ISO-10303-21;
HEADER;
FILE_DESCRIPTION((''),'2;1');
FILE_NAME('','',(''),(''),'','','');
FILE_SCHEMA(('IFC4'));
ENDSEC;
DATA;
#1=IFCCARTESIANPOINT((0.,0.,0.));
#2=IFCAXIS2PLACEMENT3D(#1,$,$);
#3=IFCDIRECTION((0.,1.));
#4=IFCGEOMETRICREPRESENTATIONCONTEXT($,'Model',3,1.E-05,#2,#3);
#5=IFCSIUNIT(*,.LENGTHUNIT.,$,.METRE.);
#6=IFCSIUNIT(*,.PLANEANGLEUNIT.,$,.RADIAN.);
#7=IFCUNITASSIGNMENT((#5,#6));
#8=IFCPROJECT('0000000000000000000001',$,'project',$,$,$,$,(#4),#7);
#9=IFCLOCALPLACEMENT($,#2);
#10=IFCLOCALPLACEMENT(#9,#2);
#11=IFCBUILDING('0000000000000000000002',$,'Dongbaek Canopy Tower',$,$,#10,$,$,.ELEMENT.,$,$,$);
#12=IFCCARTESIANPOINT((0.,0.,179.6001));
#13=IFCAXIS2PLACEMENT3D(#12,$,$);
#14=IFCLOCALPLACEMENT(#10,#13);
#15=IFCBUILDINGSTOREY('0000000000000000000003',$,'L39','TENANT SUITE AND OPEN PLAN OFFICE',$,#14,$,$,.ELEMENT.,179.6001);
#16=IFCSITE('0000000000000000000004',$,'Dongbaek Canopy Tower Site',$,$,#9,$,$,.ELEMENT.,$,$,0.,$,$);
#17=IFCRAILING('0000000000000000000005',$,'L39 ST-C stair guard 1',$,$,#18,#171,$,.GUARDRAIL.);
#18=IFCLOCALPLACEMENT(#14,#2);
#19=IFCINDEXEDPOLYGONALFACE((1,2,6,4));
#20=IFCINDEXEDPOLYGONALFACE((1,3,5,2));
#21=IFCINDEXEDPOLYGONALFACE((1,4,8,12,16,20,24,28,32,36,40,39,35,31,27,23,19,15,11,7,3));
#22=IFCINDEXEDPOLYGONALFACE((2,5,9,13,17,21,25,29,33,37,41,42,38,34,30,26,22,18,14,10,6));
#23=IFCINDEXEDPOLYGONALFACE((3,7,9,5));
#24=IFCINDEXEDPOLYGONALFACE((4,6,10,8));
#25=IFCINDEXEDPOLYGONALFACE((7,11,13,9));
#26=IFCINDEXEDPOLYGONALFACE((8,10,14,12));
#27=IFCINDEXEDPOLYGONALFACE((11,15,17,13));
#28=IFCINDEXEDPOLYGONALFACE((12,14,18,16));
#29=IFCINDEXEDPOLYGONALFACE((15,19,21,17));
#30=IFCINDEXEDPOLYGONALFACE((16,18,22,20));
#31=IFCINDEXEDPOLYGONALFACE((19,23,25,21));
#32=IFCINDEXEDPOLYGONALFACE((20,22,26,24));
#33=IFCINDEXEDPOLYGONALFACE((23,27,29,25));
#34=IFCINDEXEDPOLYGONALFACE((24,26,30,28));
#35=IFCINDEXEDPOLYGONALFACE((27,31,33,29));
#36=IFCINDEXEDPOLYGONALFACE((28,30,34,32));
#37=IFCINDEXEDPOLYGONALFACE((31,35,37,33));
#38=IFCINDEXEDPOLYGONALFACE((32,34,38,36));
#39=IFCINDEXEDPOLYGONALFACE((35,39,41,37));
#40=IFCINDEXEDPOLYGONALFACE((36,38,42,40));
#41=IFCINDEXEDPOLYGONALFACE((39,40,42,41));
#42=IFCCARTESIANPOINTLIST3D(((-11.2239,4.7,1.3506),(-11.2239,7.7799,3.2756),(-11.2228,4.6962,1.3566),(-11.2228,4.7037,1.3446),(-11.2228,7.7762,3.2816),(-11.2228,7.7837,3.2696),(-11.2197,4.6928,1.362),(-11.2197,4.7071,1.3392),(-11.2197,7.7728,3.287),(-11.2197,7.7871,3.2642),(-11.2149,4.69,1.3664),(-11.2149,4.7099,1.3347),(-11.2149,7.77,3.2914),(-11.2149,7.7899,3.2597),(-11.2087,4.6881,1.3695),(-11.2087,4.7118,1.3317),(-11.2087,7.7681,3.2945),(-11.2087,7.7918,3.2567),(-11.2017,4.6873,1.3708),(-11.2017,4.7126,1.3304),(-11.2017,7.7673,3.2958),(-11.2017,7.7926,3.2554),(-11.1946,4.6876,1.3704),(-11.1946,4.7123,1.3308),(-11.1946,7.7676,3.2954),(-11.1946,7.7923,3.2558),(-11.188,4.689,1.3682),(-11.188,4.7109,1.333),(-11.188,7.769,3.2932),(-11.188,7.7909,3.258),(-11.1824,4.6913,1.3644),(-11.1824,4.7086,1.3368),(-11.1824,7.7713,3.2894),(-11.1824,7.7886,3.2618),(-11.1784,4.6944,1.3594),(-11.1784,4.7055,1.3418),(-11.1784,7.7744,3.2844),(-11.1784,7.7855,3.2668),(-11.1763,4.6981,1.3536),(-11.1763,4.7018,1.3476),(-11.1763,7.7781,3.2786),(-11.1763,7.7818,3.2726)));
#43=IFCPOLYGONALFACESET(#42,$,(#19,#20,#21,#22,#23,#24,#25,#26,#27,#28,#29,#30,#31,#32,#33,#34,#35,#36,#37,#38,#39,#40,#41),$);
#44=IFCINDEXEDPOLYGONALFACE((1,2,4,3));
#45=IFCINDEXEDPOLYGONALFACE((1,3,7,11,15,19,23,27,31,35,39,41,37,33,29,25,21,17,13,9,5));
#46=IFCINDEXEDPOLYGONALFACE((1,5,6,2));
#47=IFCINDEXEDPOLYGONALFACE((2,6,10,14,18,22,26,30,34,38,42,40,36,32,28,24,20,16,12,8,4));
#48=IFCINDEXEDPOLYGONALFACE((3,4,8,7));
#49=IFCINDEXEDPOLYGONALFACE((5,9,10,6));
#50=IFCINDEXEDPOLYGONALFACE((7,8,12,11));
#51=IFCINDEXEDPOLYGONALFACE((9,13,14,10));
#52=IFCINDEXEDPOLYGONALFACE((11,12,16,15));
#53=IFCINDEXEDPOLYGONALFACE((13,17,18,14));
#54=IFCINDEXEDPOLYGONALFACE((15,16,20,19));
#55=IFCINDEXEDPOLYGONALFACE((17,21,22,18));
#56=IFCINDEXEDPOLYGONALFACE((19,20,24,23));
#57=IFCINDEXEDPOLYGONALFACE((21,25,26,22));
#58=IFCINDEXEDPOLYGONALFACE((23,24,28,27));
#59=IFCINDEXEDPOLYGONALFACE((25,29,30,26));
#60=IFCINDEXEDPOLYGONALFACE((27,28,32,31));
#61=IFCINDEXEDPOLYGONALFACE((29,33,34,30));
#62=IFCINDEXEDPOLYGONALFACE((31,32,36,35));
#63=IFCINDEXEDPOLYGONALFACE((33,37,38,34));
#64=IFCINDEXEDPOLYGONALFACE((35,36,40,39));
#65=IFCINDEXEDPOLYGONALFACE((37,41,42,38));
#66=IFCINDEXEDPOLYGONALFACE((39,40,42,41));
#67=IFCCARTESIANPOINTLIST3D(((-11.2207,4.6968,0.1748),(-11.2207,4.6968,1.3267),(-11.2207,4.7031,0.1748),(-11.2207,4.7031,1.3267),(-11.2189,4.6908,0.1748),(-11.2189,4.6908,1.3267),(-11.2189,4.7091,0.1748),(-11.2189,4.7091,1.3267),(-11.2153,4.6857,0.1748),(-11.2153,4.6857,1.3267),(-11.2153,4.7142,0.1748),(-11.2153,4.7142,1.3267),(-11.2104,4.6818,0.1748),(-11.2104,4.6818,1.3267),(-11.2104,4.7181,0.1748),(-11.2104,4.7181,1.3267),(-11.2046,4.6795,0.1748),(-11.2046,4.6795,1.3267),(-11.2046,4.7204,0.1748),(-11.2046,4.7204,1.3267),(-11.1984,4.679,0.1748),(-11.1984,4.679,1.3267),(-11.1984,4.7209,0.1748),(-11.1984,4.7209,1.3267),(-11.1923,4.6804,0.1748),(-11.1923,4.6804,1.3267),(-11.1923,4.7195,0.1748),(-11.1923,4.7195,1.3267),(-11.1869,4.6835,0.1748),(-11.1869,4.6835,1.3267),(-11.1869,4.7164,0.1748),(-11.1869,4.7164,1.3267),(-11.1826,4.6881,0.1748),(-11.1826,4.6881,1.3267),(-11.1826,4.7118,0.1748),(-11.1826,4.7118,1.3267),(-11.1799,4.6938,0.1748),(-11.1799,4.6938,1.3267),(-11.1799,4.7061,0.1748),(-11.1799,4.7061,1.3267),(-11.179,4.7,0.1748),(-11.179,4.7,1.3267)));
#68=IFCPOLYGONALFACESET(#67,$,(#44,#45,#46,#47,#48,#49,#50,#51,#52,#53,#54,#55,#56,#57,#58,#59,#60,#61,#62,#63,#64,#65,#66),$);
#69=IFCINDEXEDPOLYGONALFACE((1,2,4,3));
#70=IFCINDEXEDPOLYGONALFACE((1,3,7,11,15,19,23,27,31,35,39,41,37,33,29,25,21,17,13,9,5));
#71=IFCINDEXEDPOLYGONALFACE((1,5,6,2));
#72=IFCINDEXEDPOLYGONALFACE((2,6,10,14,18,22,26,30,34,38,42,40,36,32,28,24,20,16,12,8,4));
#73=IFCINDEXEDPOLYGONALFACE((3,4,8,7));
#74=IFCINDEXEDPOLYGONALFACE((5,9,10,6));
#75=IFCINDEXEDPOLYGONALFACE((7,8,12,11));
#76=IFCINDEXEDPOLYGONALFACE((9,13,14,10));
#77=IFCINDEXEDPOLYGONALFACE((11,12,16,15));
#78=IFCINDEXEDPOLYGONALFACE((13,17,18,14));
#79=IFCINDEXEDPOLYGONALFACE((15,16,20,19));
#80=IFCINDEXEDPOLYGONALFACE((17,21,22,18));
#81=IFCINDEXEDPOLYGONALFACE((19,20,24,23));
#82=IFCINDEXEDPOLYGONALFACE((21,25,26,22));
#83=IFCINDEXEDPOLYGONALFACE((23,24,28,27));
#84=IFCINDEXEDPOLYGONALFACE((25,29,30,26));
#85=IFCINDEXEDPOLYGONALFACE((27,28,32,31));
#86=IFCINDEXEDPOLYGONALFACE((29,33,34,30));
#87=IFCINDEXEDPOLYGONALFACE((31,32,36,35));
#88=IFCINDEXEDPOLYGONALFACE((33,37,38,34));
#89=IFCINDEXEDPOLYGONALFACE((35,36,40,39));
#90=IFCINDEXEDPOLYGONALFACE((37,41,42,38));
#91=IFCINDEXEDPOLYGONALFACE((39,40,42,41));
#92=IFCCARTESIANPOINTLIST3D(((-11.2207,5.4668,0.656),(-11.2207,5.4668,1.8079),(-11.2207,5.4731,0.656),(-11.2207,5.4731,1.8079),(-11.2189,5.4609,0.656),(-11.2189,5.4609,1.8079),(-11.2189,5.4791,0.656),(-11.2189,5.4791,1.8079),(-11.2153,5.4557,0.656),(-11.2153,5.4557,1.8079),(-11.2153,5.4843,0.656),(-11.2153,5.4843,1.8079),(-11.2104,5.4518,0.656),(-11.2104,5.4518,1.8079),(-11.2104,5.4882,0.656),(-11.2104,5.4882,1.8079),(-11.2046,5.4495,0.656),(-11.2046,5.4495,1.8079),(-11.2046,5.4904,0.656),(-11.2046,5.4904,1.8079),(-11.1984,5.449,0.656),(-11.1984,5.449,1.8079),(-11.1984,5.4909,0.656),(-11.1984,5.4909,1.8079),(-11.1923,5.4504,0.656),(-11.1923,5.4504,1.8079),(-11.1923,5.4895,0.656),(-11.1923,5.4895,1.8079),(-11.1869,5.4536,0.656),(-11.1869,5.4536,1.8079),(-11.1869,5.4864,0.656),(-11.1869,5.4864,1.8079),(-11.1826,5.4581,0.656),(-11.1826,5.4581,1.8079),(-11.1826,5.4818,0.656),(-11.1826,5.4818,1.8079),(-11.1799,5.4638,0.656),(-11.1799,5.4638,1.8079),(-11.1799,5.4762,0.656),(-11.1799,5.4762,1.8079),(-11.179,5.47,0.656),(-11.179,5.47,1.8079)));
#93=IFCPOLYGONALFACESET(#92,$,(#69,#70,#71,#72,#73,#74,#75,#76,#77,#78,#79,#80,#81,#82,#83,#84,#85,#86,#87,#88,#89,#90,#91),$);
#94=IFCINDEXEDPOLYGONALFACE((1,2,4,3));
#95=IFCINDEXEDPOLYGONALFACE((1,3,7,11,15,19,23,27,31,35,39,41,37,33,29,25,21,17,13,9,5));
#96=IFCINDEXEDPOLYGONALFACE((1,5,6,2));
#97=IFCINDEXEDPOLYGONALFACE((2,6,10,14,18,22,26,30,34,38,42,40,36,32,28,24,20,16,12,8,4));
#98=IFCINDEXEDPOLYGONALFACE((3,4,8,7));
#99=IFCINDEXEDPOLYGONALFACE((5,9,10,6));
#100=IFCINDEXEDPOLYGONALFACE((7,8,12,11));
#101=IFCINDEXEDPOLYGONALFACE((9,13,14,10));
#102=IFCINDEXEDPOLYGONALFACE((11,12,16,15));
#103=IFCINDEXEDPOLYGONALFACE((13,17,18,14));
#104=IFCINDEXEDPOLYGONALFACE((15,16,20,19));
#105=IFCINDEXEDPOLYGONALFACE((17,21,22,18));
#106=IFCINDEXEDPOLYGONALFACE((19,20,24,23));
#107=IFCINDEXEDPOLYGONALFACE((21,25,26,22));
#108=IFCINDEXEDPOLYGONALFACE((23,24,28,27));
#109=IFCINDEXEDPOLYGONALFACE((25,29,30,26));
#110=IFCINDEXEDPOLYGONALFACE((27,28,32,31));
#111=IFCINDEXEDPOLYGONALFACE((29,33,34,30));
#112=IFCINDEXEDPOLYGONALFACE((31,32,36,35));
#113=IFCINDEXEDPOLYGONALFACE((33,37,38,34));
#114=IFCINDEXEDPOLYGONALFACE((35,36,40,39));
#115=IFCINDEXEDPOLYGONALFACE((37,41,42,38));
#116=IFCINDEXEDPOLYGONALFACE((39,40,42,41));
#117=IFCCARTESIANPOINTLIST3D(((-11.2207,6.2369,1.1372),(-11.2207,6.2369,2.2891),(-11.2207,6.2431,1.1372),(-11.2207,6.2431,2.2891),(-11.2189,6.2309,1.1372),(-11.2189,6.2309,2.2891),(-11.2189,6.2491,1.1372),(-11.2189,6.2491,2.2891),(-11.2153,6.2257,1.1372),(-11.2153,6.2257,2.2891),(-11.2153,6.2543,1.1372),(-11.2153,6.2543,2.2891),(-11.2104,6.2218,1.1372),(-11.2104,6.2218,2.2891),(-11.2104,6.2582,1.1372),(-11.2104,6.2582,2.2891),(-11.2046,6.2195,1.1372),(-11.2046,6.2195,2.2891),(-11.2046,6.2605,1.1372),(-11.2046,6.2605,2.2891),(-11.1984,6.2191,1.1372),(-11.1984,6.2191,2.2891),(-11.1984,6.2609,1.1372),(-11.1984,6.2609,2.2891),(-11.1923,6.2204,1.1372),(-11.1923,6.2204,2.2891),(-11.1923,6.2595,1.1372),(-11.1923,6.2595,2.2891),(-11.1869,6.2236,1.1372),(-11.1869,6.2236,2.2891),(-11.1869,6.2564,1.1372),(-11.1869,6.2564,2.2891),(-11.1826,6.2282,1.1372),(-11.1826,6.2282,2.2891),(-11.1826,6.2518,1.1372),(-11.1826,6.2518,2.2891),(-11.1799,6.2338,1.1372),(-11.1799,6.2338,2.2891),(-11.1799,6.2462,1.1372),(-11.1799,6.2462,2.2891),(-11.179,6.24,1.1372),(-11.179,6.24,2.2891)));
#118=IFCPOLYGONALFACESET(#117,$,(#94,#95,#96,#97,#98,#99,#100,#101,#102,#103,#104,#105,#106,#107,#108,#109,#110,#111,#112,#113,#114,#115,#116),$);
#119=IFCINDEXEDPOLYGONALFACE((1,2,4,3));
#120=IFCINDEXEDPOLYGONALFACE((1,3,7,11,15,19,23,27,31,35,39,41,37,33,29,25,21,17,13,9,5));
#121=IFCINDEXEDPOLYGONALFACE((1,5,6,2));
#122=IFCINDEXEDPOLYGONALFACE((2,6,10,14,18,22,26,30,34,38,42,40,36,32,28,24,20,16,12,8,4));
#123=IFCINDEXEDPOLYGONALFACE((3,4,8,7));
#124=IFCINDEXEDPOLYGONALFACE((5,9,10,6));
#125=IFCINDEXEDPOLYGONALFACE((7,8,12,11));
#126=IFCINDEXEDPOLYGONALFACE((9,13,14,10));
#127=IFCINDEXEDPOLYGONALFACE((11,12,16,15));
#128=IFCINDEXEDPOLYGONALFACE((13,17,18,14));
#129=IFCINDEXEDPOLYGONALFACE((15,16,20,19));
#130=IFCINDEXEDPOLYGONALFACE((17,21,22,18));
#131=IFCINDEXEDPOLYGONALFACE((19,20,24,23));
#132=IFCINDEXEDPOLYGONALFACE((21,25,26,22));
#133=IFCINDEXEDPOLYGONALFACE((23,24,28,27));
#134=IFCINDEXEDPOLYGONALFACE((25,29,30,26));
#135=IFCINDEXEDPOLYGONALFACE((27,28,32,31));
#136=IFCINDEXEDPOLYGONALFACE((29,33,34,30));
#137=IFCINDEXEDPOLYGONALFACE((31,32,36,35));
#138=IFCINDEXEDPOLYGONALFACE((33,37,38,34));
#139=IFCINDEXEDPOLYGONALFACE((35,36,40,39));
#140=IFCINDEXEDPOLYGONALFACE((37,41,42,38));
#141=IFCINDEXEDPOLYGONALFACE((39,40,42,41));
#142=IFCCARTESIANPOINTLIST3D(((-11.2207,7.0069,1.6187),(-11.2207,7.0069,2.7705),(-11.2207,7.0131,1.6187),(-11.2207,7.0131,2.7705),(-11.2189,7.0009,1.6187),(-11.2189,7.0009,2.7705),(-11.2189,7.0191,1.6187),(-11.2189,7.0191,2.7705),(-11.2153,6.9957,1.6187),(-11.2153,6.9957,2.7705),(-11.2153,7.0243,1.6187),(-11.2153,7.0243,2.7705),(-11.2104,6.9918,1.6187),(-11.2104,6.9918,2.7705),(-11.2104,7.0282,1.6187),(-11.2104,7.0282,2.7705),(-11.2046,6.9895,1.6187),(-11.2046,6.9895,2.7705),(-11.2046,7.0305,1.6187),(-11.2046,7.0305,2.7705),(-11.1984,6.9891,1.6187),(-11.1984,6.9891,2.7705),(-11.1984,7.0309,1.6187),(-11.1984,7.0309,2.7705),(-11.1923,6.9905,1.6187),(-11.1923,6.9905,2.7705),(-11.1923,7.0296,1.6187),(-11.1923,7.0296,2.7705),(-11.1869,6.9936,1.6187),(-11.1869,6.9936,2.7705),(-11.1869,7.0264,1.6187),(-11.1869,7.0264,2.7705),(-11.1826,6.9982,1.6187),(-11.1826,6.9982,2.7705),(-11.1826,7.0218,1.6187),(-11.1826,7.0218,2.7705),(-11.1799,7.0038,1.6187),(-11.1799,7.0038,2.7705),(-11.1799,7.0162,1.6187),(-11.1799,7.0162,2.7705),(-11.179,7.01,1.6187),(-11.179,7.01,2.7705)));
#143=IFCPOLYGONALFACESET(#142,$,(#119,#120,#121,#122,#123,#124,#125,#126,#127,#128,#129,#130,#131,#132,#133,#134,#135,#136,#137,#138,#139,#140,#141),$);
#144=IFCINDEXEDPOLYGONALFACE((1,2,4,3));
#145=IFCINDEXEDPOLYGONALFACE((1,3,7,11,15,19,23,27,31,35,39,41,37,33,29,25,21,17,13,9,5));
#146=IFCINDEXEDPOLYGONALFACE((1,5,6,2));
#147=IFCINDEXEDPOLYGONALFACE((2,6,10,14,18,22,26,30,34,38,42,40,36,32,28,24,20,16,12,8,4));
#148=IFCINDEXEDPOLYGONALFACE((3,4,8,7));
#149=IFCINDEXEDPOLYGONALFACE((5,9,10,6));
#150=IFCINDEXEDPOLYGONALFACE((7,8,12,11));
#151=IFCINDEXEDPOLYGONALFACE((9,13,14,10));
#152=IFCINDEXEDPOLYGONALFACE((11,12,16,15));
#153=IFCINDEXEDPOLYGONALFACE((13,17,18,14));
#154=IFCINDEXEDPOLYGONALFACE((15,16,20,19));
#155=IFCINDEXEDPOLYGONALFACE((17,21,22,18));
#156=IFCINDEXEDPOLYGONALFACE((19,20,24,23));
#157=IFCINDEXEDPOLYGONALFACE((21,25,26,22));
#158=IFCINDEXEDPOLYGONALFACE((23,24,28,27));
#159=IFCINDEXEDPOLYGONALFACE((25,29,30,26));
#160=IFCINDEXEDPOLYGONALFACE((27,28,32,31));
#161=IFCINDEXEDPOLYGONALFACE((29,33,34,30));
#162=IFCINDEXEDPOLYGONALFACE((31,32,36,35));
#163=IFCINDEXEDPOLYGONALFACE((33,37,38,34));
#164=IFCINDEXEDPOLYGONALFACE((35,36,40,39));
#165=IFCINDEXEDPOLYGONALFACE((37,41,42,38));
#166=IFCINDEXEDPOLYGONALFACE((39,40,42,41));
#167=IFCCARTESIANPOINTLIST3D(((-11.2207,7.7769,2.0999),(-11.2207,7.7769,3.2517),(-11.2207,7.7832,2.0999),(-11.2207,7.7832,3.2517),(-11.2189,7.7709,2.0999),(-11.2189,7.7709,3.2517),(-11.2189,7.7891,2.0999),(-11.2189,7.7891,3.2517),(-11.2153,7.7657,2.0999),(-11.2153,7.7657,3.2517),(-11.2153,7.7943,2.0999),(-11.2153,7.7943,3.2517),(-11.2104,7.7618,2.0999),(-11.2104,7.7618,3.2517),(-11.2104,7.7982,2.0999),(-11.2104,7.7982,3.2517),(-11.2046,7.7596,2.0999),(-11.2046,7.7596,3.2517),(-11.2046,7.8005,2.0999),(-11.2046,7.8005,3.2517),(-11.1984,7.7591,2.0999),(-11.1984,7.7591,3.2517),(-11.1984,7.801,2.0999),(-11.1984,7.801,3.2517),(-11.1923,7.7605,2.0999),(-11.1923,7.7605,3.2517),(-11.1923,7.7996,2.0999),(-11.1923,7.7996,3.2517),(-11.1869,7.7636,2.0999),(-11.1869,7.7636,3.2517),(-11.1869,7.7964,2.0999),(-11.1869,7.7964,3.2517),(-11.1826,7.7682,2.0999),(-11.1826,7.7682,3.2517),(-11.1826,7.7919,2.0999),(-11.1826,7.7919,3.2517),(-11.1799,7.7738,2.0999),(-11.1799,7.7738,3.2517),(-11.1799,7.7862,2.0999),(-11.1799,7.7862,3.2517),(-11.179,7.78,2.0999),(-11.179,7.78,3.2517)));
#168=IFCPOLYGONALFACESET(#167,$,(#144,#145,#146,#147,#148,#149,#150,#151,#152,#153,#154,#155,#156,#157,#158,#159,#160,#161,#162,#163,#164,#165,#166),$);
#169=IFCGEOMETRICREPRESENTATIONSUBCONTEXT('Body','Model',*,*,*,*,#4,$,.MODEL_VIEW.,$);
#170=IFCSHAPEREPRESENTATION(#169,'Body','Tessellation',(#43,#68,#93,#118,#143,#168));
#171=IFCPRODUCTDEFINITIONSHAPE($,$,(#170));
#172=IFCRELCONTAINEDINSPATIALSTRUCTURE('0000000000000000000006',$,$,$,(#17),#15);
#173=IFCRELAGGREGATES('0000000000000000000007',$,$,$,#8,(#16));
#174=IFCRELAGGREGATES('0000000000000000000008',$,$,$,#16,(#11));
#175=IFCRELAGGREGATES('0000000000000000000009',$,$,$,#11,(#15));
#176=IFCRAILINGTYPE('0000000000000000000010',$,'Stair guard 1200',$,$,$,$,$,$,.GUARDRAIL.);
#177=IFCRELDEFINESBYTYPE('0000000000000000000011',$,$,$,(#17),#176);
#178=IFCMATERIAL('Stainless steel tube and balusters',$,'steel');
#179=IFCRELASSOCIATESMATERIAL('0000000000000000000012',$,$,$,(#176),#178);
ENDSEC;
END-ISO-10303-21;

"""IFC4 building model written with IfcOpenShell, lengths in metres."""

from ifc_helpers import new_model, si_unit, direction, frame, origin, origin_2d, place, context, subcontext, project, spatial, circle, extrude, material, type_object, element, save


model = new_model("IFC4")

# Units and contexts
model_context = context("Model", 3, precision=1e-05, world=origin(), true_north=direction((0.0, 1.0)))
body_context = subcontext(model_context, "Body", "Model", "MODEL_VIEW")
ifc_project = project(units=[si_unit("LENGTHUNIT", "METRE"), si_unit("PLANEANGLEUNIT", "RADIAN")], contexts=[model_context])

# Site, building, storey
site_placement = place(None, origin())
site = spatial("IfcSite", under=ifc_project, at=site_placement, Name="Dongbaek Canopy Tower Site", CompositionType="ELEMENT", RefElevation=0.0)
building_placement = place(site_placement, origin())
building = spatial("IfcBuilding", under=site, at=building_placement, Name="Dongbaek Canopy Tower", CompositionType="ELEMENT")
storey_placement = place(building_placement, frame((0.0, 0.0, 179.6001)))
storey = spatial("IfcBuildingStorey", under=building, at=storey_placement, Name="L39", Description="TENANT SUITE AND OPEN PLAN OFFICE", CompositionType="ELEMENT", Elevation=179.6001)

# Railing
ifc_material_1 = material(Name="Stainless steel tube and balusters", Category="steel")
railing_type_1 = type_object("IfcRailingType", Name="Stair guard 1200", PredefinedType="GUARDRAIL", material=ifc_material_1)
railing_1_placement = place(storey_placement, frame((-11.2, 4.7, 0.1748)))
element("IfcRailing", 1, at=railing_1_placement, inside=storey, type_object=railing_type_1, Name="L39 ST-C stair guard 1", PredefinedType="GUARDRAIL", context=body_context, shape_type="SweptSolid", body=[
    extrude(circle(Radius=0.0239, at=origin_2d()), frame((0.0, 0.0, 1.1758), z_axis=(0.0, 0.847998, 0.529999), x_axis=(-1.0, 0.0, 0.0)), (0.0, 0.0, 1.0), 3.6321),
    extrude(circle(Radius=0.021, at=origin_2d()), origin(), (0.0, 0.0, 1.0), 1.1519),
    extrude(circle(Radius=0.021, at=origin_2d()), frame((0.0, 0.77, 0.4812)), (0.0, 0.0, 1.0), 1.1519),
    extrude(circle(Radius=0.021, at=origin_2d()), frame((0.0, 1.54, 0.9624)), (0.0, 0.0, 1.0), 1.1519),
    extrude(circle(Radius=0.021, at=origin_2d()), frame((0.0, 2.3101, 1.4438)), (0.0, 0.0, 1.0), 1.1519),
    extrude(circle(Radius=0.021, at=origin_2d()), frame((0.0, 3.0801, 1.925)), (0.0, 0.0, 1.0), 1.1519),
])

save(model, "model.ifc")
